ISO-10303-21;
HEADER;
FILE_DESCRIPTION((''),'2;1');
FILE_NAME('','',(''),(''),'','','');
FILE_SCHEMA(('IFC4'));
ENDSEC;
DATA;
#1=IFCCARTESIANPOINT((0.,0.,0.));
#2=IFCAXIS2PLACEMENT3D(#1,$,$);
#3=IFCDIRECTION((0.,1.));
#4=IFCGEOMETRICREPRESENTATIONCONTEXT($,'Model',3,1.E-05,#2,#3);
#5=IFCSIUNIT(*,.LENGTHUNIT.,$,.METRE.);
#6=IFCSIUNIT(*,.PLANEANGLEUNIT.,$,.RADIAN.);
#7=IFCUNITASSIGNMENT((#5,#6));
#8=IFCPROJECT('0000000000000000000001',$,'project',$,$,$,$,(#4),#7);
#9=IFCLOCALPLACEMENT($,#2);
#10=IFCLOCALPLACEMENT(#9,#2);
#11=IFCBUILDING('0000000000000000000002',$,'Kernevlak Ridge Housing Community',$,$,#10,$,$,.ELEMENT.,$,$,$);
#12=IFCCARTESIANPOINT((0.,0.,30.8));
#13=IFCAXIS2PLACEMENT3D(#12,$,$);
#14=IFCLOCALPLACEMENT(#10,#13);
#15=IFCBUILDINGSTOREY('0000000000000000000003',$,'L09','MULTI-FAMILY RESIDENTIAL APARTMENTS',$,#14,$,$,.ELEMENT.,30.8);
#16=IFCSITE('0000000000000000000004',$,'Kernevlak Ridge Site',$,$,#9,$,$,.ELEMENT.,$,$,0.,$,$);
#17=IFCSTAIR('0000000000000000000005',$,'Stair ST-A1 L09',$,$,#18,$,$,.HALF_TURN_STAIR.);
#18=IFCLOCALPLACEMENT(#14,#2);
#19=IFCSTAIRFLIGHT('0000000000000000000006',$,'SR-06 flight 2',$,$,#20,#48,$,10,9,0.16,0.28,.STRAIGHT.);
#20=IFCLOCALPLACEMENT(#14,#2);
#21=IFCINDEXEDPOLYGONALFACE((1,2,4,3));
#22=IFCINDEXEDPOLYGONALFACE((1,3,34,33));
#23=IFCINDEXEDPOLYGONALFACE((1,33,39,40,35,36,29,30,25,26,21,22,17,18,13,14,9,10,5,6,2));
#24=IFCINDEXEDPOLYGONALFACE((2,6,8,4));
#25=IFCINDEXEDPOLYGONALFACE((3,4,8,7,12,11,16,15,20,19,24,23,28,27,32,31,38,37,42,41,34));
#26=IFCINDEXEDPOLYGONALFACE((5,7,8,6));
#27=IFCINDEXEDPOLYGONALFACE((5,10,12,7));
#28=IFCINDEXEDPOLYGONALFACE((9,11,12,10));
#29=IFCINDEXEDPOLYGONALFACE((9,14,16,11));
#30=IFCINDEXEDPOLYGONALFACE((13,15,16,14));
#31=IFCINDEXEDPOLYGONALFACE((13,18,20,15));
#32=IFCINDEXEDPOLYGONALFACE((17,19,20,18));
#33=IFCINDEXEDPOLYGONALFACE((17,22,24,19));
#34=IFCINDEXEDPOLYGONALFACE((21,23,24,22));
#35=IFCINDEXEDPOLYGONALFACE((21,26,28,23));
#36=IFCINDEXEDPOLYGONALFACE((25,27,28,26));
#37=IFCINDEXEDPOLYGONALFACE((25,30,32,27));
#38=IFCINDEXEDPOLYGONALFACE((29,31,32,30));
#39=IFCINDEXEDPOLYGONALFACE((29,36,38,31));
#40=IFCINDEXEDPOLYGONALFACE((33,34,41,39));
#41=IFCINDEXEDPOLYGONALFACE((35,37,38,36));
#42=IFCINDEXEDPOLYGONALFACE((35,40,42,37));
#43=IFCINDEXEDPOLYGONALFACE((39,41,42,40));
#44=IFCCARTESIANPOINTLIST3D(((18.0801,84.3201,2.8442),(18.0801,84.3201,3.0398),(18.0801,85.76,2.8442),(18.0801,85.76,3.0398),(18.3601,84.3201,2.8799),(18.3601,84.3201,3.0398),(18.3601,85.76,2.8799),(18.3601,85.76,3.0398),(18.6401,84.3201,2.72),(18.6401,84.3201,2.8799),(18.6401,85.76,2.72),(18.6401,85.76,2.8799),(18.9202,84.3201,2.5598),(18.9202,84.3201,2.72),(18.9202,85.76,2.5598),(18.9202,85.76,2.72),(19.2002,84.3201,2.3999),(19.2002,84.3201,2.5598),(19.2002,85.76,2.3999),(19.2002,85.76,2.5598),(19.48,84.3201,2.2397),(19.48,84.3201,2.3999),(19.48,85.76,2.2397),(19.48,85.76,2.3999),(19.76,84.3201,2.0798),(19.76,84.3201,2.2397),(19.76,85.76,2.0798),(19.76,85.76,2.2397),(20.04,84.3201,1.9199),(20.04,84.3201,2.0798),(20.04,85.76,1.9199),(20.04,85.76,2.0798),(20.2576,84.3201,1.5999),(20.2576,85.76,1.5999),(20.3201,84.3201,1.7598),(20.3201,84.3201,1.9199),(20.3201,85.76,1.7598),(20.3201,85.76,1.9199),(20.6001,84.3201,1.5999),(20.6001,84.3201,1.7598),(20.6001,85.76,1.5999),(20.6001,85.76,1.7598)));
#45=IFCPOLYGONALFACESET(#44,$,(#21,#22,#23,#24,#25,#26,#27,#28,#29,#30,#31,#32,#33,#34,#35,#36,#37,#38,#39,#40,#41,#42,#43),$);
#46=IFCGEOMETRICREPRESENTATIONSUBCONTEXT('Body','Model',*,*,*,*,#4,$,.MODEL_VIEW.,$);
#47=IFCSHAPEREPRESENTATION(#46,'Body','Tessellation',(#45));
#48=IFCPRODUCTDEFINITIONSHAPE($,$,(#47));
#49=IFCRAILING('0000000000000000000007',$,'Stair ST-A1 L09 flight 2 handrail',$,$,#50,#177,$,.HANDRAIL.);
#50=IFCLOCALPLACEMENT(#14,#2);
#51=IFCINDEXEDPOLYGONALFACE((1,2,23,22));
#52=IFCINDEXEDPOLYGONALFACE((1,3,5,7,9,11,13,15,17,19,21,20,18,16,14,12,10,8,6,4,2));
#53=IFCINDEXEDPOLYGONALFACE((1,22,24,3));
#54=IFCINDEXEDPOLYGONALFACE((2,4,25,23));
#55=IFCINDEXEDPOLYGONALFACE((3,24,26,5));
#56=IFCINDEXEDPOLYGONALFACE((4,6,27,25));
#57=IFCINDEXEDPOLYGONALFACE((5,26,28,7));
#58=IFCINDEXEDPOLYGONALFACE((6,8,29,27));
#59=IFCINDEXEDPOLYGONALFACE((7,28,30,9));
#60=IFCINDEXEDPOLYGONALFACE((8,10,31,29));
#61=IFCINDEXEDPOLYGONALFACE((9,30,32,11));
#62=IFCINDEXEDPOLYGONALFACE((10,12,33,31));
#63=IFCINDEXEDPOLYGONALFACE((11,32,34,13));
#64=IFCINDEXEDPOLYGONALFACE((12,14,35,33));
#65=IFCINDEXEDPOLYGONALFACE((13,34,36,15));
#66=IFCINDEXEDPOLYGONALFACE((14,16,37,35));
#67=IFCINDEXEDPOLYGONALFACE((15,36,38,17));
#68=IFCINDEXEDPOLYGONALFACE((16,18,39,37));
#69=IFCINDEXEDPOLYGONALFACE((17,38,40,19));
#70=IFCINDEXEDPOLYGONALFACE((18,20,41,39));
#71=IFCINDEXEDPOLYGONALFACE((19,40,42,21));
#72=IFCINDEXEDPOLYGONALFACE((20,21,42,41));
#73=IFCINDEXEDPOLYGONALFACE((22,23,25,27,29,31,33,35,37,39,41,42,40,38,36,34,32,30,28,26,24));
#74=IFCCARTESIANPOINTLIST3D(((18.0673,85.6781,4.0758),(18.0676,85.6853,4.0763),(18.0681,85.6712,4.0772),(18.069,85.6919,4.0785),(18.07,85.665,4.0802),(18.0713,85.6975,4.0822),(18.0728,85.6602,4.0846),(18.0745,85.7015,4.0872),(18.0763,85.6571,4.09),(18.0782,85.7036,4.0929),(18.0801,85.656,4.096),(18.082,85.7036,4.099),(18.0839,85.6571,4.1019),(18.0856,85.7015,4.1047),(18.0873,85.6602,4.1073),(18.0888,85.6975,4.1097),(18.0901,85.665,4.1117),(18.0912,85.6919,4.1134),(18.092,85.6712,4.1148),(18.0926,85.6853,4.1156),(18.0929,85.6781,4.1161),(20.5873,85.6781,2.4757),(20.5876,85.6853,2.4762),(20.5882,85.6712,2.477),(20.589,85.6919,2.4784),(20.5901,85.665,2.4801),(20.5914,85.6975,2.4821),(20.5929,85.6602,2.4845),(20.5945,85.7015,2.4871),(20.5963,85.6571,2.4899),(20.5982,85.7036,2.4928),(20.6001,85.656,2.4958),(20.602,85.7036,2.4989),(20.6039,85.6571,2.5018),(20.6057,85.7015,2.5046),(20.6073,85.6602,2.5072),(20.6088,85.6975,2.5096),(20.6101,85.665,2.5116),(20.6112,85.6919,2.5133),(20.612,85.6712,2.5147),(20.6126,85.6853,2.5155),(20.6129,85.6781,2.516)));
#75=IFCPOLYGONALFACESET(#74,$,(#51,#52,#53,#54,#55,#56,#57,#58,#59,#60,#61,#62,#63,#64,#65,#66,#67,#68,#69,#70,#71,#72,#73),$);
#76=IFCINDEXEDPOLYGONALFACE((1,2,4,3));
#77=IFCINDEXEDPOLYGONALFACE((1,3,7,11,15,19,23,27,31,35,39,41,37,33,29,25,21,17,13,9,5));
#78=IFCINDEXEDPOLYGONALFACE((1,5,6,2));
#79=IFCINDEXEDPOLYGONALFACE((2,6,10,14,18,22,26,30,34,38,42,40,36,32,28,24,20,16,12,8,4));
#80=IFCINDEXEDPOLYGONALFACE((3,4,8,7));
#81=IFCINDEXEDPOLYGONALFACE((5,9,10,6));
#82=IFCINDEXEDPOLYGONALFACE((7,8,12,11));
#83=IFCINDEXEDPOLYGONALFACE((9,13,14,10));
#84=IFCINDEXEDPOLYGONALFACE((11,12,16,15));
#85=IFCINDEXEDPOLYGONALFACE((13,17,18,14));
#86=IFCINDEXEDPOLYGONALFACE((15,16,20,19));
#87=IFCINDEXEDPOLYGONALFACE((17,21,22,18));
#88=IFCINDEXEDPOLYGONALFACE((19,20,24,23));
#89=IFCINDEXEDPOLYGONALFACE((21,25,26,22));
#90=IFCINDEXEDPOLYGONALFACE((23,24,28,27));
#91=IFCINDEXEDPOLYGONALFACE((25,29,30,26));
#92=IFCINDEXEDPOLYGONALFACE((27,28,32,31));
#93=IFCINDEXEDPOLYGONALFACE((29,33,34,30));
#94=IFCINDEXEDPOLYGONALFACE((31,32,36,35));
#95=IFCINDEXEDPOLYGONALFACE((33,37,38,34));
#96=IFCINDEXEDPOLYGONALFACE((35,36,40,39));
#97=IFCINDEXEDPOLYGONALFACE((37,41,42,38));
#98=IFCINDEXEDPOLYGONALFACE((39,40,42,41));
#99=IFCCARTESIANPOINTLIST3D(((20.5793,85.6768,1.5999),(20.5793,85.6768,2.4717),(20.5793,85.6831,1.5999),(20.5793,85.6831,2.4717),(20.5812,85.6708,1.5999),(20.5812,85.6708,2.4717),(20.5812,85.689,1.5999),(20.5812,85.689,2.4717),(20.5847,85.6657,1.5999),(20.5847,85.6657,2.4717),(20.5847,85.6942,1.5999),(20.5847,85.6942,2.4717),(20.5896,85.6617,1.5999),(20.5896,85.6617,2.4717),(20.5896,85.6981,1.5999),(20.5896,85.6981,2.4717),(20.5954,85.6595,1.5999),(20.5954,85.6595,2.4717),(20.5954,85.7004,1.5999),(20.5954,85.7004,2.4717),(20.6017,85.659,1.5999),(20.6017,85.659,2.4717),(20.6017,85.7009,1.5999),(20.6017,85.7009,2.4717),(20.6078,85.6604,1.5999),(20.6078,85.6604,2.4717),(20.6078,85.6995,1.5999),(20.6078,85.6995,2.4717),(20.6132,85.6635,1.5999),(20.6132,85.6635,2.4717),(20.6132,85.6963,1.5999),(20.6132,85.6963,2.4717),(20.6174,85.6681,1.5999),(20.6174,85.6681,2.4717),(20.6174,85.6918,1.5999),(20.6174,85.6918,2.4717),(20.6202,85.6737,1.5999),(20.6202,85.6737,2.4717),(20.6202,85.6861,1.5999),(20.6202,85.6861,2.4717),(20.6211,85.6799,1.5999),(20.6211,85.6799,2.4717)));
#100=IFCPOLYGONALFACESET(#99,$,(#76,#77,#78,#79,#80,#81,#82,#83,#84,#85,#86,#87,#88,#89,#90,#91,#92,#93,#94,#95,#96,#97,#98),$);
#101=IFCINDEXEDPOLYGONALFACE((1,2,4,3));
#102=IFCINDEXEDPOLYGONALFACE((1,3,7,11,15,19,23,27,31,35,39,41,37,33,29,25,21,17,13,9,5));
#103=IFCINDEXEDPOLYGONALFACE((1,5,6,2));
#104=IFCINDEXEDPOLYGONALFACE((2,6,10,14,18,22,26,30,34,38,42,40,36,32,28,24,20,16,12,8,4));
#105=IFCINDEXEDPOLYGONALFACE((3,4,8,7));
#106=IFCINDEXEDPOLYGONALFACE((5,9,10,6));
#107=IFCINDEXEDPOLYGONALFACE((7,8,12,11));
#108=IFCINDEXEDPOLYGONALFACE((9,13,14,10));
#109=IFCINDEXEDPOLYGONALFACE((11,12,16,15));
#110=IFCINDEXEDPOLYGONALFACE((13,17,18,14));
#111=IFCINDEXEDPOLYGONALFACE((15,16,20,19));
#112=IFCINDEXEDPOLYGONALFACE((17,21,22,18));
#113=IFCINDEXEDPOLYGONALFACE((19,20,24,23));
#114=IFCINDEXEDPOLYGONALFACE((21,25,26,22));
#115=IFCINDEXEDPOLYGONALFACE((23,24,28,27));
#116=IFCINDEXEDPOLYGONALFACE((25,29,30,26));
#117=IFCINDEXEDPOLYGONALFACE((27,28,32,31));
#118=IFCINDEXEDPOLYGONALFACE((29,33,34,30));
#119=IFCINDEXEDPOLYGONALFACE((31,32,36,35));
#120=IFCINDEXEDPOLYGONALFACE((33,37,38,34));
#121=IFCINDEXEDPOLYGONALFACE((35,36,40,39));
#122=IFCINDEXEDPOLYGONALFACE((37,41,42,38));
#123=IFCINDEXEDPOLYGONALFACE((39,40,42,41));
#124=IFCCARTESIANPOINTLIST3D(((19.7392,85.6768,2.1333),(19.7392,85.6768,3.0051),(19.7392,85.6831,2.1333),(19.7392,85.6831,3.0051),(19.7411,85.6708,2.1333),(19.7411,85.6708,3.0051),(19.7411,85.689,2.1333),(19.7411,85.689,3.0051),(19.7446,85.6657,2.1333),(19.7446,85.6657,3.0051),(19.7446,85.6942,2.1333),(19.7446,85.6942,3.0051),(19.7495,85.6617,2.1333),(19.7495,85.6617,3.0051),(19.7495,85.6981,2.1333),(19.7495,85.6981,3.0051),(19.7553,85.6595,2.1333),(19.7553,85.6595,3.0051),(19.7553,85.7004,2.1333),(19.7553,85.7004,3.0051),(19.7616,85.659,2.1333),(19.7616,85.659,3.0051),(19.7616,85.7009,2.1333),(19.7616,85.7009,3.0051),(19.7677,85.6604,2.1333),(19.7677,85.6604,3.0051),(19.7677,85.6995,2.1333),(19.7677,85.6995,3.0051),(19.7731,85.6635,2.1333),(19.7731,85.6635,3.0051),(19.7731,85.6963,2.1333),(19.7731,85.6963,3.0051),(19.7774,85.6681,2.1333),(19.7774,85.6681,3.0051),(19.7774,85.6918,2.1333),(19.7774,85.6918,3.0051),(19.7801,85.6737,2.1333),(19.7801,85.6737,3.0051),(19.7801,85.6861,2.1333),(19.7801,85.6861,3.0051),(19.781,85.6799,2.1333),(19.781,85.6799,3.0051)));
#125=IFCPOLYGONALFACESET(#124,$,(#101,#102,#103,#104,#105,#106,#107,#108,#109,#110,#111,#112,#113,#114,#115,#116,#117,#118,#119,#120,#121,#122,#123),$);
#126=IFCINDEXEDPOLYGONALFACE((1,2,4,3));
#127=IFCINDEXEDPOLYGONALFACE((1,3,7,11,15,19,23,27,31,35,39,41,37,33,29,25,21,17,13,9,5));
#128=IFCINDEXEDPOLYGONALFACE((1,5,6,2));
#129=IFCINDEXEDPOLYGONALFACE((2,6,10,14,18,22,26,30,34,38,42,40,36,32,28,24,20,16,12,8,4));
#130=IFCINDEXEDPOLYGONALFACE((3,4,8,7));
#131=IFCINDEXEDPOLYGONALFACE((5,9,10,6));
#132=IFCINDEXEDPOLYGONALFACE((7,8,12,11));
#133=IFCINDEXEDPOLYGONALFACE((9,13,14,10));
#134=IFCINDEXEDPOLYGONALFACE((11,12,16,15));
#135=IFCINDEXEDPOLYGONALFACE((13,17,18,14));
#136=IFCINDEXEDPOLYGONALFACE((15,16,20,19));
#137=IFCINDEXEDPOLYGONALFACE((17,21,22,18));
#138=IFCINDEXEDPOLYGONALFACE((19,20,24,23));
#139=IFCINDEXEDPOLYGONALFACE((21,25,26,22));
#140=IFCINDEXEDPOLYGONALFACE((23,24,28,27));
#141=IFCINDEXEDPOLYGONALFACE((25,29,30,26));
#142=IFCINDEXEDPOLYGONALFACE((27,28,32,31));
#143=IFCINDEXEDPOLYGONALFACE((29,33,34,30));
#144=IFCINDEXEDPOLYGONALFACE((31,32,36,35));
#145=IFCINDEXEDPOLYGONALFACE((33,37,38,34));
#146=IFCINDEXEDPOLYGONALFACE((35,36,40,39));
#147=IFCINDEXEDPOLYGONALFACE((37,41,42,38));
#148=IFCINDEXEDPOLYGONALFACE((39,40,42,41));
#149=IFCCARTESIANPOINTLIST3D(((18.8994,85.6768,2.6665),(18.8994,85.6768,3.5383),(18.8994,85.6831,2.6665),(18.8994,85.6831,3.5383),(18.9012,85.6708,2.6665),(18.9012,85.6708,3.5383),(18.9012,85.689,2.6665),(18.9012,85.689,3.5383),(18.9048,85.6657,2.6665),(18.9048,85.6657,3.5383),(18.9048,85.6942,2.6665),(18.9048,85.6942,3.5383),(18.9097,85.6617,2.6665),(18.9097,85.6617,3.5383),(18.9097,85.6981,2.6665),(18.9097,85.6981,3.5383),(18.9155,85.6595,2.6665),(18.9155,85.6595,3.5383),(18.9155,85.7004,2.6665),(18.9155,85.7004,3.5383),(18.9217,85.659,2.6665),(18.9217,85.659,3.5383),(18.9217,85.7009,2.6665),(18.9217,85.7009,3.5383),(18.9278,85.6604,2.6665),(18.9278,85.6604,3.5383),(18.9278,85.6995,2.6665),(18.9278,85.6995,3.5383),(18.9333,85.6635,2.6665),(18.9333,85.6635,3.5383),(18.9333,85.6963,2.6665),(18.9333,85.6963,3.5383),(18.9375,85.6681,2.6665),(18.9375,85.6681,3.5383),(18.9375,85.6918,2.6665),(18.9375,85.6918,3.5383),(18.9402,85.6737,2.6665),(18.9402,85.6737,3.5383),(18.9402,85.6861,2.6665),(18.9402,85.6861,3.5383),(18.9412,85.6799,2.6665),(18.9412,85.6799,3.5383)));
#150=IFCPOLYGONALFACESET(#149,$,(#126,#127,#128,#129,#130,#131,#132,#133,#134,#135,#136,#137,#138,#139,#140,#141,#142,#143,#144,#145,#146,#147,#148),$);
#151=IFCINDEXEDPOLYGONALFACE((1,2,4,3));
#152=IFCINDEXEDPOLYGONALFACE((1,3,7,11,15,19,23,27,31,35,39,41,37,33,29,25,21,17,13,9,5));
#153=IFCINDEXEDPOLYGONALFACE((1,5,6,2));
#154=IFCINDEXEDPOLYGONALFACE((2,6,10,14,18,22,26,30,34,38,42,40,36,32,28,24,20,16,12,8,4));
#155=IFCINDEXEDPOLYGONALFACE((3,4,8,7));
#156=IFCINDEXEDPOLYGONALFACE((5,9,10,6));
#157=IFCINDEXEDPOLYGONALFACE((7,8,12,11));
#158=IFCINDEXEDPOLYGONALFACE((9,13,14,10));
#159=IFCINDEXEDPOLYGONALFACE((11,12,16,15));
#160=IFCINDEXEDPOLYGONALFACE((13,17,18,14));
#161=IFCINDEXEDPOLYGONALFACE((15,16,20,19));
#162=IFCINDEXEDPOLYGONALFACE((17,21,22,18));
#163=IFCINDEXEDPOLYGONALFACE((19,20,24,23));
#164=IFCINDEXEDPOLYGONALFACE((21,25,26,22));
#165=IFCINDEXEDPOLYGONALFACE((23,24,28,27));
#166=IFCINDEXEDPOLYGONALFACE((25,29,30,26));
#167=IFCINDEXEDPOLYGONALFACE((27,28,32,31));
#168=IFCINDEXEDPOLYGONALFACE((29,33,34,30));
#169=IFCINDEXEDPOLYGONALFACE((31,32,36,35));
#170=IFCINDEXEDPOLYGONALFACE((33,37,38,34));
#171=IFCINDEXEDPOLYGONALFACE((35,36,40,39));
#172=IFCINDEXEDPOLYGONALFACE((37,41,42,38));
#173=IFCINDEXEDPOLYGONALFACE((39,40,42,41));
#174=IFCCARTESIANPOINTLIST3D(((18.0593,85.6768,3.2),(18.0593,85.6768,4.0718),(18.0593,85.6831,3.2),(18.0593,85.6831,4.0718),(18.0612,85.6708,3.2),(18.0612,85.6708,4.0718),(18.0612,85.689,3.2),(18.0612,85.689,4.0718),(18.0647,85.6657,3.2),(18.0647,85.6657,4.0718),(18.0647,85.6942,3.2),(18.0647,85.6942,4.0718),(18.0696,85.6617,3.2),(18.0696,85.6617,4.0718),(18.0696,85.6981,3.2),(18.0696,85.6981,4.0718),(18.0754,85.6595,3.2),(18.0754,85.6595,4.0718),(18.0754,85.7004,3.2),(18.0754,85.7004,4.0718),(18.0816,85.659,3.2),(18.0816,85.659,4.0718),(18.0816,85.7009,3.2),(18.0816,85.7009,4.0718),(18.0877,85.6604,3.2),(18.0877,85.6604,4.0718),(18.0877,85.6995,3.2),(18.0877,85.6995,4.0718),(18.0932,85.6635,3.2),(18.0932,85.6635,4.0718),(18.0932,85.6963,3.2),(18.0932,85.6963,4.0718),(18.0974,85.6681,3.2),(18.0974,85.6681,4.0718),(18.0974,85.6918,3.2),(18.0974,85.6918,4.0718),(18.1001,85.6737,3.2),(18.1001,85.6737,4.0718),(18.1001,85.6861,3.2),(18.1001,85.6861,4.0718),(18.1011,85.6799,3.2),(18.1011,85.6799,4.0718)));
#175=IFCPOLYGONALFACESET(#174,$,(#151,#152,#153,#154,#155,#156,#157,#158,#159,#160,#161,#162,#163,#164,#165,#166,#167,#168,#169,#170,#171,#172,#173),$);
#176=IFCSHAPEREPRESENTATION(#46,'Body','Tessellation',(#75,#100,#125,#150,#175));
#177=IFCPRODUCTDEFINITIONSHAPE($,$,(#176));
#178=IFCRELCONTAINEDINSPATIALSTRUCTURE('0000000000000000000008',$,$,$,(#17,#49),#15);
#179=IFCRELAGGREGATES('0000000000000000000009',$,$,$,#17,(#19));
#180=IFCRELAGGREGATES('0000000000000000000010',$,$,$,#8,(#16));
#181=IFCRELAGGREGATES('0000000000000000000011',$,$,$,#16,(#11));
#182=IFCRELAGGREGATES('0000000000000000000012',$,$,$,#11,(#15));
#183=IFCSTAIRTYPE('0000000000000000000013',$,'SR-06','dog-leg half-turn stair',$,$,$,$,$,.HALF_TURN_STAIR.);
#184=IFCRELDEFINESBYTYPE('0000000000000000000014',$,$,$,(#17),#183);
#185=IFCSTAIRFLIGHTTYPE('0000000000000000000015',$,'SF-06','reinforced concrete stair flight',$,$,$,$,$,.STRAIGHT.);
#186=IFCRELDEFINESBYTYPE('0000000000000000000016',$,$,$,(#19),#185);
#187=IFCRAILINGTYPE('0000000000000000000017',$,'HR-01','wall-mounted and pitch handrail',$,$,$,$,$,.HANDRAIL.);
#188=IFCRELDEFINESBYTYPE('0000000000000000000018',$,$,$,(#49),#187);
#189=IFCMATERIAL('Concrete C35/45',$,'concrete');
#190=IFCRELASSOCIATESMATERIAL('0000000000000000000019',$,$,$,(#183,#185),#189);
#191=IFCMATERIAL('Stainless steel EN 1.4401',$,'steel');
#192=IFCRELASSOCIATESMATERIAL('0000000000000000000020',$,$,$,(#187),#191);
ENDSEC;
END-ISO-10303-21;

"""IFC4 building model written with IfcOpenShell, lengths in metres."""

from ifc_helpers import new_model, si_unit, direction, frame, origin, origin_2d, place, context, subcontext, project, spatial, polyline, circle, outline, extrude, material, type_object, element, aggregate, save


model = new_model("IFC4")

# Units and contexts
model_context = context("Model", 3, precision=1e-05, world=origin(), true_north=direction((0.0, 1.0)))
body_context = subcontext(model_context, "Body", "Model", "MODEL_VIEW")
ifc_project = project(units=[si_unit("LENGTHUNIT", "METRE"), si_unit("PLANEANGLEUNIT", "RADIAN")], contexts=[model_context])

# Site, building, storey
site_placement = place(None, origin())
site = spatial("IfcSite", under=ifc_project, at=site_placement, Name="Kernevlak Ridge Site", CompositionType="ELEMENT", RefElevation=0.0)
building_placement = place(site_placement, origin())
building = spatial("IfcBuilding", under=site, at=building_placement, Name="Kernevlak Ridge Housing Community", CompositionType="ELEMENT")
storey_placement = place(building_placement, frame((0.0, 0.0, 30.8)))
storey = spatial("IfcBuildingStorey", under=building, at=storey_placement, Name="L09", Description="MULTI-FAMILY RESIDENTIAL APARTMENTS", CompositionType="ELEMENT", Elevation=30.8)

# Shared definitions
ifc_material_1 = material(Name="Concrete C35/45", Category="concrete")

# Stair, stair flight
stair_type = type_object("IfcStairType", Name="SR-06", Description="dog-leg half-turn stair", PredefinedType="HALF_TURN_STAIR", material=ifc_material_1)
stair_placement = place(storey_placement, origin())
stair = element("IfcStair", 1, at=stair_placement, inside=storey, type_object=stair_type, Name="Stair ST-A1 L09", PredefinedType="HALF_TURN_STAIR")
stair_flight_type = type_object("IfcStairFlightType", Name="SF-06", Description="reinforced concrete stair flight", PredefinedType="STRAIGHT", material=ifc_material_1)
stair_flight_placement = place(storey_placement, frame((20.6001, 85.04, 1.5999), z_axis=(0.0, 0.0, 1.0), x_axis=(-1.0, 0.0, 0.0)))
stair_flight = element("IfcStairFlight", 2, at=stair_flight_placement, type_object=stair_flight_type, Name="SR-06 flight 2", NumberOfRisers=10, NumberOfTreads=9, PredefinedType="STRAIGHT", RiserHeight=0.16, TreadLength=0.28, context=body_context, shape_type="SweptSolid", body=[
    extrude(outline(polyline([(0.0, 0.0), (0.0, 0.1599), (0.28, 0.1599), (0.28, 0.3201), (0.5601, 0.3201), (0.5601, 0.48), (0.8401, 0.48), (0.8401, 0.6399), (1.1201, 0.6399), (1.1201, 0.8), (1.3999, 0.8), (1.3999, 0.96), (1.6799, 0.96), (1.6799, 1.1201), (1.96, 1.1201), (1.96, 1.28), (2.24, 1.28), (2.24, 1.4399), (2.52, 1.4399), (2.52, 1.6001), (2.52, 1.2444), (0.3425, 0.0), (0.0, 0.0)])), frame((0.0, 0.72, 0.0), z_axis=(0.0, -1.0, 0.0), x_axis=(1.0, 0.0, 0.0)), (0.0, 0.0, 1.0), 1.4399),
])
aggregate(stair, [stair_flight])

# Railing
ifc_material_2 = material(Name="Stainless steel EN 1.4401", Category="steel")
railing_type = type_object("IfcRailingType", Name="HR-01", Description="wall-mounted and pitch handrail", PredefinedType="HANDRAIL", material=ifc_material_2)
railing_placement = place(storey_placement, frame((20.6001, 85.6799, 1.5999)))
element("IfcRailing", 3, at=railing_placement, inside=storey, type_object=railing_type, Name="Stair ST-A1 L09 flight 2 handrail", PredefinedType="HANDRAIL", context=body_context, shape_type="SweptSolid", body=[
    extrude(circle(Radius=0.0239, at=origin_2d()), frame((0.0, 0.0, 0.896), z_axis=(-0.8442, 0.0, 0.536028), x_axis=(0.0, -1.0, 0.0)), (0.0, 0.0, 1.0), 2.9851),
    extrude(circle(Radius=0.021, at=origin_2d()), origin(), (0.0, 0.0, 1.0), 0.8718),
    extrude(circle(Radius=0.021, at=origin_2d()), frame((-0.8401, 0.0, 0.5334)), (0.0, 0.0, 1.0), 0.8718),
    extrude(circle(Radius=0.021, at=origin_2d()), frame((-1.6799, 0.0, 1.0667)), (0.0, 0.0, 1.0), 0.8718),
    extrude(circle(Radius=0.021, at=origin_2d()), frame((-2.52, 0.0, 1.6001)), (0.0, 0.0, 1.0), 0.8718),
])

save(model, "model.ifc")
